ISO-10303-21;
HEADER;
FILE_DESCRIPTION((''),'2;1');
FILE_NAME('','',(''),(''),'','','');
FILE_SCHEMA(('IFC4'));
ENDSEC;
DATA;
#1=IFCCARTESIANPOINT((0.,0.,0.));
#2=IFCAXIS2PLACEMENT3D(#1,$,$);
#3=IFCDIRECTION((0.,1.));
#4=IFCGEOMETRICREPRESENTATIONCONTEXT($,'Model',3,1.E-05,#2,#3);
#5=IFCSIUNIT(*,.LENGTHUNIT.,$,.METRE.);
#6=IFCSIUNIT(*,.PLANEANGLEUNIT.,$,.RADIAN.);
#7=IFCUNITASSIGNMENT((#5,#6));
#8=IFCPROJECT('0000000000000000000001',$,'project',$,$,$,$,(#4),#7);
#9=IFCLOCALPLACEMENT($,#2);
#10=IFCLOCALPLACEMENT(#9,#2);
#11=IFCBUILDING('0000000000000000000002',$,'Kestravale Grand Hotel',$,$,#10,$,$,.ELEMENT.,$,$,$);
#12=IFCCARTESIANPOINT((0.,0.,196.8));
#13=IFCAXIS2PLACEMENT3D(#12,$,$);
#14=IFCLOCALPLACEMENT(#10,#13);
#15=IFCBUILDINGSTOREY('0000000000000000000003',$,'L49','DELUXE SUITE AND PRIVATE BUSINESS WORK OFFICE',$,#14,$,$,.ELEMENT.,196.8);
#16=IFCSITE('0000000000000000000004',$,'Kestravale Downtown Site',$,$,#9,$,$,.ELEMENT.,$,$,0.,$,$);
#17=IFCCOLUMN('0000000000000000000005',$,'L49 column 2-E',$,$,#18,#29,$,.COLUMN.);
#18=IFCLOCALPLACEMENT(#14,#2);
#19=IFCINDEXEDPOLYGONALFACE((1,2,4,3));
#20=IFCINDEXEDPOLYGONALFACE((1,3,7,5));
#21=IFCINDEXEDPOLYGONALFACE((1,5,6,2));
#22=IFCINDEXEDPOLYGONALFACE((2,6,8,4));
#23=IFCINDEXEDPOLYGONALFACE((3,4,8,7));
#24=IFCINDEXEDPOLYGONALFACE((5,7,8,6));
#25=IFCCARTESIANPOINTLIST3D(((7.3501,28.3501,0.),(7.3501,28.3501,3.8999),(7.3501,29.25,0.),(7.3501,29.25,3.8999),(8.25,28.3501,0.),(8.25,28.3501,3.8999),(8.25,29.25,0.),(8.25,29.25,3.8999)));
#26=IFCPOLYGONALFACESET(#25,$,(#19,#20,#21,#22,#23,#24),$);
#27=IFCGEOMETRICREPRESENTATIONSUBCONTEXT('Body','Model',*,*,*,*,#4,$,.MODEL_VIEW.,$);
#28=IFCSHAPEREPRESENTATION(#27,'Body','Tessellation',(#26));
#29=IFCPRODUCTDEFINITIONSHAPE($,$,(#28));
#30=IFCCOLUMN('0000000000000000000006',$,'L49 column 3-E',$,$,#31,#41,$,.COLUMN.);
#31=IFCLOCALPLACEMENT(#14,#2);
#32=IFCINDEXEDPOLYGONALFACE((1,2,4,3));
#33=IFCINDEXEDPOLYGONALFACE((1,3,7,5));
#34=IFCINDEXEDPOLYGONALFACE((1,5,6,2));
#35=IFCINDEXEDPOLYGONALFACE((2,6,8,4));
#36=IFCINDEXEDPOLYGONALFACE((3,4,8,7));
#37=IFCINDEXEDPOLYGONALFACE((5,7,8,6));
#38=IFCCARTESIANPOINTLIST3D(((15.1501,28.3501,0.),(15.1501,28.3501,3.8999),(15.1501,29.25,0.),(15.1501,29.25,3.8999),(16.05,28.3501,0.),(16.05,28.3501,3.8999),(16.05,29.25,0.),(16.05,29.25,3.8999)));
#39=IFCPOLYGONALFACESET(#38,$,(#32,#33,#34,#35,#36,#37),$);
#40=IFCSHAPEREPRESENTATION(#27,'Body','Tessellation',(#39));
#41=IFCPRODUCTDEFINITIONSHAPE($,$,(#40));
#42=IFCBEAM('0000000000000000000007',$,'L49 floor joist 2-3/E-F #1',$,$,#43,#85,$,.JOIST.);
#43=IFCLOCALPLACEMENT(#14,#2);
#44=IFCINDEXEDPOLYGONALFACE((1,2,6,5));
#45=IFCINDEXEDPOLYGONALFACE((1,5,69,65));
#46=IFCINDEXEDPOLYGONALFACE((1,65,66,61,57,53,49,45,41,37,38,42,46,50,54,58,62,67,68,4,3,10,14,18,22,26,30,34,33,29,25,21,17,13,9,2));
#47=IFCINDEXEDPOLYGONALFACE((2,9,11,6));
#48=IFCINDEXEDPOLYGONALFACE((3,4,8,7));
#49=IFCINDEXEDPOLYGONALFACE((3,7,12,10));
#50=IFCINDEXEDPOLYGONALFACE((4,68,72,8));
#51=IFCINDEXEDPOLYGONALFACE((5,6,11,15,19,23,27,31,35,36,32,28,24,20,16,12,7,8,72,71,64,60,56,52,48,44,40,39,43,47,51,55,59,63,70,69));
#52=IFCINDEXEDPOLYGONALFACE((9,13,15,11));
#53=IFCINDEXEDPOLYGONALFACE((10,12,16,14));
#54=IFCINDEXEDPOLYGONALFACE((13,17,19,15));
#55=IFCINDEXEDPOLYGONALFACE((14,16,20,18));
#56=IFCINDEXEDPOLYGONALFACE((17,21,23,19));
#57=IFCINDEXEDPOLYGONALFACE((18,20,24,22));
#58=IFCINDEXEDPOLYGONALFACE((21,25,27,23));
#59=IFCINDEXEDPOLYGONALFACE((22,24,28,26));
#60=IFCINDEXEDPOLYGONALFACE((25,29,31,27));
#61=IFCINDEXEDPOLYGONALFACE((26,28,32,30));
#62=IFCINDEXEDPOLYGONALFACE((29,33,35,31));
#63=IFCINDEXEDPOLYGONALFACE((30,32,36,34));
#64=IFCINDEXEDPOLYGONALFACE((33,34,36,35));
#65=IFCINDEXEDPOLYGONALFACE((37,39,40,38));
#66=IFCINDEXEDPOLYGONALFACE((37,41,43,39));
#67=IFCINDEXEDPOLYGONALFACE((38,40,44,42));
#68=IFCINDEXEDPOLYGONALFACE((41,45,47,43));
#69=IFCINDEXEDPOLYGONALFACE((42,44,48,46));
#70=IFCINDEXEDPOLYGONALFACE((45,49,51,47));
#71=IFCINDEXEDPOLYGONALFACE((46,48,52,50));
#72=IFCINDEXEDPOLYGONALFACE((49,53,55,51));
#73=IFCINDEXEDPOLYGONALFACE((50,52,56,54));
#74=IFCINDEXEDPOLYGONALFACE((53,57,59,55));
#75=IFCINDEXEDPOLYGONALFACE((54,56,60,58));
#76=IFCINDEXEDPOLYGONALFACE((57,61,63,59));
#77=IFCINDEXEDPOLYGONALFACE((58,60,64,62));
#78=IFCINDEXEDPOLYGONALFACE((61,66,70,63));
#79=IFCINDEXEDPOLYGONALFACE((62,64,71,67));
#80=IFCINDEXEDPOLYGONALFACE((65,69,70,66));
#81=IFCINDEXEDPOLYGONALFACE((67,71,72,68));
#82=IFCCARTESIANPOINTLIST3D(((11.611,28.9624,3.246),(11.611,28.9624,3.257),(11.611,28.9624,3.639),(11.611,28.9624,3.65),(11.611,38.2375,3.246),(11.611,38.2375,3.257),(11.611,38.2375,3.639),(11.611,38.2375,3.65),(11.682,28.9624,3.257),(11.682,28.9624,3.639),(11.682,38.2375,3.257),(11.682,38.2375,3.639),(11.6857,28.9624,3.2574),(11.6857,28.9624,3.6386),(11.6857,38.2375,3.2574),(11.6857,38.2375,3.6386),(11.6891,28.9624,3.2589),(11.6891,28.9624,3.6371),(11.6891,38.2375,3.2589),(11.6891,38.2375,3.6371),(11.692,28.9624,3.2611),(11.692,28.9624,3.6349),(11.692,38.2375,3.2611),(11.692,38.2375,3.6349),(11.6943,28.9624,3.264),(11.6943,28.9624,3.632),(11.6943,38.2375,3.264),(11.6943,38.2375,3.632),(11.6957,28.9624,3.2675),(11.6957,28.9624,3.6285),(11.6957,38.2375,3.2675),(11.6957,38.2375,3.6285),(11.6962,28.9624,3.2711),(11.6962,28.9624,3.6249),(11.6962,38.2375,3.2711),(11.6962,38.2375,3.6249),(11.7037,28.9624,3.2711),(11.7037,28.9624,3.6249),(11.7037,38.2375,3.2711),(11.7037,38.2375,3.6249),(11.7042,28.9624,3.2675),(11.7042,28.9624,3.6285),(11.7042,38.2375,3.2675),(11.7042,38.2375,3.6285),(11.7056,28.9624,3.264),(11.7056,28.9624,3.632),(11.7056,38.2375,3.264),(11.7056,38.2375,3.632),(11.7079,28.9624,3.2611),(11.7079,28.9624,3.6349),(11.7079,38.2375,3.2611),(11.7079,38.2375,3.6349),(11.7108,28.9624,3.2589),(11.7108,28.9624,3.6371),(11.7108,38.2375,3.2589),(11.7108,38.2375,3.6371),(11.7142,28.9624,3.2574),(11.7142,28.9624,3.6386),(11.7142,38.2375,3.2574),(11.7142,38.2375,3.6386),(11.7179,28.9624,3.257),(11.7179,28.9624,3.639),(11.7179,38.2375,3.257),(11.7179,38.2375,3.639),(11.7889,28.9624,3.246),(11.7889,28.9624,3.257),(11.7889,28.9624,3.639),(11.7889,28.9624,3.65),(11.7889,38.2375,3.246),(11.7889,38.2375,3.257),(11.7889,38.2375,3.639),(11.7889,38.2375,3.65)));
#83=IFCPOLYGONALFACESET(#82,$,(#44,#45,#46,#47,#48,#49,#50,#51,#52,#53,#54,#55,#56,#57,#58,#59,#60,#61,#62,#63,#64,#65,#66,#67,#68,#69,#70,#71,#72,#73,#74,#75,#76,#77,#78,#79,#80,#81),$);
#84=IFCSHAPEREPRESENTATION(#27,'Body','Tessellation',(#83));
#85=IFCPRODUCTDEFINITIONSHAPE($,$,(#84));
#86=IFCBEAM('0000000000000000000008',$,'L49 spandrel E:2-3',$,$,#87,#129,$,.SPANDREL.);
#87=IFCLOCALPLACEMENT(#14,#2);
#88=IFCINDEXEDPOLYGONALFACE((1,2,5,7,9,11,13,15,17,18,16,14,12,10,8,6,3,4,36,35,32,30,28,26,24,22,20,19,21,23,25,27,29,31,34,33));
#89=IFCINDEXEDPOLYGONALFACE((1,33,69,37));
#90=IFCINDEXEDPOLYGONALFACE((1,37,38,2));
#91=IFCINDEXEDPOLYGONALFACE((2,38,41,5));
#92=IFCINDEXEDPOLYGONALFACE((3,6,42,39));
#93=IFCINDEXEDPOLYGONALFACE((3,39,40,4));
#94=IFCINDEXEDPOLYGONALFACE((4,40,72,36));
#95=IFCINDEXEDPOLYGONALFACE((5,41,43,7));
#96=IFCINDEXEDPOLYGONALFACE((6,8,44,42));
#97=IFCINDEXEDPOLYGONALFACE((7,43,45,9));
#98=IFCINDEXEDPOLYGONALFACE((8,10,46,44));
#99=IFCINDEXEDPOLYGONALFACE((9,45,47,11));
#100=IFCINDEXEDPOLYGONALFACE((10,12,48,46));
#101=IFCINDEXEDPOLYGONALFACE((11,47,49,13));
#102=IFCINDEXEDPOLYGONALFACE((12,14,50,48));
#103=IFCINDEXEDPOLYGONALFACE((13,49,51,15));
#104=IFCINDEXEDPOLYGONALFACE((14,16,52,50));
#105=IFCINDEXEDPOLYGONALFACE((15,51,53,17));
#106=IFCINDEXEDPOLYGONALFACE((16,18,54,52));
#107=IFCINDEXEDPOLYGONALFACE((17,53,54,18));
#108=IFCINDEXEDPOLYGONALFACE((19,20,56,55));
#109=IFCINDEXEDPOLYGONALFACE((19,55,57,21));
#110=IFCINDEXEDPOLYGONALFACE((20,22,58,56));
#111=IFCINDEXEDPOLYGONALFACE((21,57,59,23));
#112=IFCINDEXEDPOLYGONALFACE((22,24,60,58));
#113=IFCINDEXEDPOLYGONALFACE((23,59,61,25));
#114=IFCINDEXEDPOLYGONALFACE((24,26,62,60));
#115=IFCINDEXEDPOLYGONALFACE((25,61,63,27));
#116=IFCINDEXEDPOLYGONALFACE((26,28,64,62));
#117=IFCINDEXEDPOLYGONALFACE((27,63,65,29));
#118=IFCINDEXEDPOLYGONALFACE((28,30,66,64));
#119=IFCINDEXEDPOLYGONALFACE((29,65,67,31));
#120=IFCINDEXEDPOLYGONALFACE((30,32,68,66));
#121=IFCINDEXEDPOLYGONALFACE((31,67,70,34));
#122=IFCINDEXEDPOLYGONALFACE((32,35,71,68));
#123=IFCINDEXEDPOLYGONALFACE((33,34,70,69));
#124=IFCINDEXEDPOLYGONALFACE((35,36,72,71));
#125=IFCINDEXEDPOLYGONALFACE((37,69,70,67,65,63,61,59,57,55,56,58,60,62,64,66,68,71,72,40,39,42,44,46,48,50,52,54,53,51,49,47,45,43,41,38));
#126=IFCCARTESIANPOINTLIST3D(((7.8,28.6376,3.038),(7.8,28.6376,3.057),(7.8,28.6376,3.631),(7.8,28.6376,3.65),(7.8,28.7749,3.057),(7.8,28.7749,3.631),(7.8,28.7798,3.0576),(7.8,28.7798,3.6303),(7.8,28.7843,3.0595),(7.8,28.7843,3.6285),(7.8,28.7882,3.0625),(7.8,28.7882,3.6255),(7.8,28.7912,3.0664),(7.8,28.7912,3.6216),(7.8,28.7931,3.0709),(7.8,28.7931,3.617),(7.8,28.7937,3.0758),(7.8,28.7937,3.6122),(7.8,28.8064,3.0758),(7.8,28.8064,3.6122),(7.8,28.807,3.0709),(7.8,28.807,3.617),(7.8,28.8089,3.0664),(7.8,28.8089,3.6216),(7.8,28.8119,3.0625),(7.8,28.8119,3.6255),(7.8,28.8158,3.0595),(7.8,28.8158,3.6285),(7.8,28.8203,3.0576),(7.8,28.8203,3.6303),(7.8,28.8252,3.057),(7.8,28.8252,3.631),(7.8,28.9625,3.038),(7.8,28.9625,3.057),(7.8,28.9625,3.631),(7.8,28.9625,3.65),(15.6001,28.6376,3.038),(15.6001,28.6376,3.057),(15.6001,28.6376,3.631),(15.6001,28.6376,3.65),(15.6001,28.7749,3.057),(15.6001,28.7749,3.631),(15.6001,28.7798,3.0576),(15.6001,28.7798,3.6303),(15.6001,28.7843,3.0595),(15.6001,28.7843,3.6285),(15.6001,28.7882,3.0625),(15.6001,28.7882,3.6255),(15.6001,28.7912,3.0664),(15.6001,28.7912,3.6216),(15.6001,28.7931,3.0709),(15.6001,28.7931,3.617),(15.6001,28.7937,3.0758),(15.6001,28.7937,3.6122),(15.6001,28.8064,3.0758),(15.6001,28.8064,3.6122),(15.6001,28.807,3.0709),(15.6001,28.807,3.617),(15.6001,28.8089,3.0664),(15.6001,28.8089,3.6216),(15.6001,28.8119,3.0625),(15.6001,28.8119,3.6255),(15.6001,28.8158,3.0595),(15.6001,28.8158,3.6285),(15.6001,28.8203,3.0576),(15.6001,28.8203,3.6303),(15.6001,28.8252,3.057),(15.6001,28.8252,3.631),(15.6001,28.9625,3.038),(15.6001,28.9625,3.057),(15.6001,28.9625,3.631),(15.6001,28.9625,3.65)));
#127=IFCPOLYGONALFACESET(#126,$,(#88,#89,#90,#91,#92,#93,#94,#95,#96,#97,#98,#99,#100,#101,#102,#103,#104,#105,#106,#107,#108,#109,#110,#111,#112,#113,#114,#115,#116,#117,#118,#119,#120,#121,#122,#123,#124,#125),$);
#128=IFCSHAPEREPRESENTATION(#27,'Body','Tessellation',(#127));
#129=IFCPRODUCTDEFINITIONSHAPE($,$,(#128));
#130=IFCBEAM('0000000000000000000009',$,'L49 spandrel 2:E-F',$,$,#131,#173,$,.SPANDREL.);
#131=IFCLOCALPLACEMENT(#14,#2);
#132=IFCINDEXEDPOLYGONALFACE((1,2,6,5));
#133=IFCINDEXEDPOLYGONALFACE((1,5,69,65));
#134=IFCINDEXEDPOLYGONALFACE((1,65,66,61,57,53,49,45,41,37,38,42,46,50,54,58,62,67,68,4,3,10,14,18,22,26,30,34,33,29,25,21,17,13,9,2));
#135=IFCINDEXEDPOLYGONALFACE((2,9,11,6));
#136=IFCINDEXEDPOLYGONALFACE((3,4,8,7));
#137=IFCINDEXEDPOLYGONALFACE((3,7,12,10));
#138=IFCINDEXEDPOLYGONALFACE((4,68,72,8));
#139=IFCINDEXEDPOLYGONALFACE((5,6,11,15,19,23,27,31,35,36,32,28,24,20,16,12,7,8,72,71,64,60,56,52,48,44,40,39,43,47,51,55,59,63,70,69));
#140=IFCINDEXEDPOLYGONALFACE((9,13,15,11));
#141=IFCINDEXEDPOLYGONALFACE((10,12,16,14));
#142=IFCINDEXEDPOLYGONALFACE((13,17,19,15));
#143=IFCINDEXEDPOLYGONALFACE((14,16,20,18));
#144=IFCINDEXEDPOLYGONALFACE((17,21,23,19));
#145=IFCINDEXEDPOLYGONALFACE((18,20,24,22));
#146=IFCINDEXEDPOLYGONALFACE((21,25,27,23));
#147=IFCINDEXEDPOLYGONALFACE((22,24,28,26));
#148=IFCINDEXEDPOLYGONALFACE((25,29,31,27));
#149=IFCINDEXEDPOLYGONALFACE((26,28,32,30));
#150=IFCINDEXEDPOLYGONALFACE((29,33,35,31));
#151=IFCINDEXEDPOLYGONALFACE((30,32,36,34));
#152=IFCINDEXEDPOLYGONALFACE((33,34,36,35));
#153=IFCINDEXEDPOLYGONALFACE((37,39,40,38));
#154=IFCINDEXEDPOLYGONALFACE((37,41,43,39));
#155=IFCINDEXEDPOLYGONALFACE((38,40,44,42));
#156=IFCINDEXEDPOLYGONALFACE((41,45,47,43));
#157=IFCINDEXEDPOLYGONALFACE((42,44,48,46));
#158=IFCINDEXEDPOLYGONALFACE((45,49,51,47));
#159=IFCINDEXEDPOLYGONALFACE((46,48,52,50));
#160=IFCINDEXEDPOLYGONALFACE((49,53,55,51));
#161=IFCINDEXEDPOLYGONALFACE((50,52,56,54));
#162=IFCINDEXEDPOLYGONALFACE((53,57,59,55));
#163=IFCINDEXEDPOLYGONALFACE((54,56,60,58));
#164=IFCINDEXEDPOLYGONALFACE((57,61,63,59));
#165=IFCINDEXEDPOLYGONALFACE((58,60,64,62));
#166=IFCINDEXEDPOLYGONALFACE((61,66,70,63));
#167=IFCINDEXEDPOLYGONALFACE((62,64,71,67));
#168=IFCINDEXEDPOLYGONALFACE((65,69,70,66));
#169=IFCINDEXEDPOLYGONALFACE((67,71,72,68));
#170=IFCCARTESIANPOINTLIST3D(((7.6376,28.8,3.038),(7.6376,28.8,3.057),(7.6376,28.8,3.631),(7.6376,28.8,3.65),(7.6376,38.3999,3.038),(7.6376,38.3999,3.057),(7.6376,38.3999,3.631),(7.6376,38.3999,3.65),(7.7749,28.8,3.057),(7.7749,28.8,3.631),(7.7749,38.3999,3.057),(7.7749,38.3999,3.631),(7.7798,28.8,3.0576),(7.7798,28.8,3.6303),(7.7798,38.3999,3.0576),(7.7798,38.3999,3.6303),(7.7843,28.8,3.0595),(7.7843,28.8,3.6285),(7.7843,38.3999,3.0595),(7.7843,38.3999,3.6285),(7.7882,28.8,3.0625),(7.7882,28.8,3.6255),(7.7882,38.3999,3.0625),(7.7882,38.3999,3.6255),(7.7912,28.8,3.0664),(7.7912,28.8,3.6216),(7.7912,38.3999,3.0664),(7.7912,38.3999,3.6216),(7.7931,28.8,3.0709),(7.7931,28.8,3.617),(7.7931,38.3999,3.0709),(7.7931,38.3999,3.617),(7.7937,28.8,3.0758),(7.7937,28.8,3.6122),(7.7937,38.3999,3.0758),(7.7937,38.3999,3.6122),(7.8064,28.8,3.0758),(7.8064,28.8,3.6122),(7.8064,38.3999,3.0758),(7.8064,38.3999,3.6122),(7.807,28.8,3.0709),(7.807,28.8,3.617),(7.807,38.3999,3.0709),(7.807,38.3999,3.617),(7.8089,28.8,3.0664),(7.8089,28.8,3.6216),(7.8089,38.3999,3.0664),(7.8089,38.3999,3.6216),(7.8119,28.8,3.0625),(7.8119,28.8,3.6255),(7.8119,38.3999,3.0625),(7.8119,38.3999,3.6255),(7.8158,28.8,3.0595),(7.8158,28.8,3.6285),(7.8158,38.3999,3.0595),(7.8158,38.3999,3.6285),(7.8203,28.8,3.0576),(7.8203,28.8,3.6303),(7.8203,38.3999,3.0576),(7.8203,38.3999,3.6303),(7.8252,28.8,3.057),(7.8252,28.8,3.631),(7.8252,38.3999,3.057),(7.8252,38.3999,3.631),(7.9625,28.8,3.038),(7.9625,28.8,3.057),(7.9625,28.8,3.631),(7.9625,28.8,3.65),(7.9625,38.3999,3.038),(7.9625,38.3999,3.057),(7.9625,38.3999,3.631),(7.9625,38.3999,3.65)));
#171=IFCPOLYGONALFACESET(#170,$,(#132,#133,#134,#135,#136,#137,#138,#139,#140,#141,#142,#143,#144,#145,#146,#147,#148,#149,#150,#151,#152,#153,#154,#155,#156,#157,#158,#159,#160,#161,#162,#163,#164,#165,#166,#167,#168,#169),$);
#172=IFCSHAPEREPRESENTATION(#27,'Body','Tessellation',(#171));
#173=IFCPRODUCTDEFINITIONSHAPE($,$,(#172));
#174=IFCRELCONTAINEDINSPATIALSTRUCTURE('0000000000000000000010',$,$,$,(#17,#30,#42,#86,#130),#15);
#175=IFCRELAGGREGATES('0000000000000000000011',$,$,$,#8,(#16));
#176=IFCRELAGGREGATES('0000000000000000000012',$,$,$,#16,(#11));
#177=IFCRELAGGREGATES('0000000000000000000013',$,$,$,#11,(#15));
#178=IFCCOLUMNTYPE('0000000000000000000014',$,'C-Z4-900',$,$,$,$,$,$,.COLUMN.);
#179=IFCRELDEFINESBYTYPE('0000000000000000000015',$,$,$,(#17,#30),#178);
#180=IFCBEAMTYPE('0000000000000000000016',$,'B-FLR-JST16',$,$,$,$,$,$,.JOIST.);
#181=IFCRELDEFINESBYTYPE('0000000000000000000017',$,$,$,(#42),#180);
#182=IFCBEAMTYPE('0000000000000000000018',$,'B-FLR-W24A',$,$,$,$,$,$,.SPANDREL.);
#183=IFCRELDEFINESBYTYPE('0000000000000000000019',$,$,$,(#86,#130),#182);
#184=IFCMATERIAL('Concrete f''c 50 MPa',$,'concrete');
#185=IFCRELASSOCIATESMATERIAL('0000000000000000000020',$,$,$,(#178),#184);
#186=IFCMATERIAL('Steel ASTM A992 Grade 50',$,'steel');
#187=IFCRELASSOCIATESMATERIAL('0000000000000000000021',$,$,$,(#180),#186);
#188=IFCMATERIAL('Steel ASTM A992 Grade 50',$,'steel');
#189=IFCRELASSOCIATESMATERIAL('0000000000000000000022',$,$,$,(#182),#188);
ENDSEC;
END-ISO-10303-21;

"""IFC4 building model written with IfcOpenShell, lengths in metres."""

from ifc_helpers import new_model, si_unit, direction, frame, origin, origin_2d, place, context, subcontext, project, spatial, rectangle, i_section, extrude, material, material_profile, profile_set, type_object, element, save


model = new_model("IFC4")

# Units and contexts
model_context = context("Model", 3, precision=1e-05, world=origin(), true_north=direction((0.0, 1.0)))
body_context = subcontext(model_context, "Body", "Model", "MODEL_VIEW")
ifc_project = project(units=[si_unit("LENGTHUNIT", "METRE"), si_unit("PLANEANGLEUNIT", "RADIAN")], contexts=[model_context])

# Site, building, storey
site_placement = place(None, origin())
site = spatial("IfcSite", under=ifc_project, at=site_placement, Name="Kestravale Downtown Site", CompositionType="ELEMENT", RefElevation=0.0)
building_placement = place(site_placement, origin())
building = spatial("IfcBuilding", under=site, at=building_placement, Name="Kestravale Grand Hotel", CompositionType="ELEMENT")
storey_placement = place(building_placement, frame((0.0, 0.0, 196.8)))
storey = spatial("IfcBuildingStorey", under=building, at=storey_placement, Name="L49", Description="DELUXE SUITE AND PRIVATE BUSINESS WORK OFFICE", CompositionType="ELEMENT", Elevation=196.8)

# Columns
ifc_material_1 = material(Name="Concrete f'c 50 MPa", Category="concrete")
ifc_material_profile_1 = material_profile(ifc_material_1, rectangle(XDim=0.8999, YDim=0.8999, at=origin_2d()))
ifc_profile_set_1 = profile_set([ifc_material_profile_1], Name="Concrete f'c 50 MPa")
column_type = type_object("IfcColumnType", Name="C-Z4-900", PredefinedType="COLUMN", material=ifc_profile_set_1)
for number, where, z_axis, x_axis, name in (
    (1, (7.8, 28.8, 0.0), (0.0, 0.0, 1.0), (1.0, 0.0, 0.0), "L49 column 2-E"),
    (2, (15.6001, 28.8, 0.0), (0.0, 0.0, 1.0), (1.0, 0.0, 0.0), "L49 column 3-E"),
):
    element("IfcColumn", number, at=place(storey_placement, frame(where, z_axis=z_axis, x_axis=x_axis)), inside=storey, type_object=column_type, Name=name, PredefinedType="COLUMN", context=body_context, shape_type="SweptSolid", body=[
        extrude(rectangle(XDim=0.8999, YDim=0.8999, at=origin_2d()), origin(), (0.0, 0.0, 1.0), 3.8999),
    ])

# Beams
ifc_material_2 = material(Name="Steel ASTM A992 Grade 50", Category="steel")
ifc_material_profile_2 = material_profile(ifc_material_2, i_section(OverallWidth=0.178, OverallDepth=0.4041, WebThickness=0.0076, FlangeThickness=0.011, FilletRadius=0.0142, at=origin_2d()))
ifc_profile_set_2 = profile_set([ifc_material_profile_2], Name="Steel ASTM A992 Grade 50")
beam_type_1 = type_object("IfcBeamType", Name="B-FLR-JST16", PredefinedType="JOIST", material=ifc_profile_set_2)
beam_1_placement = place(storey_placement, frame((11.7, 28.9624, 3.448), z_axis=(0.0, 1.0, 0.0), x_axis=(-1.0, 0.0, 0.0)))
element("IfcBeam", 3, at=beam_1_placement, inside=storey, type_object=beam_type_1, Name="L49 floor joist 2-3/E-F #1", PredefinedType="JOIST", context=body_context, shape_type="SweptSolid", body=[
    extrude(i_section(OverallWidth=0.178, OverallDepth=0.4041, WebThickness=0.0076, FlangeThickness=0.011, FilletRadius=0.0142, at=origin_2d()), origin(), (0.0, 0.0, 1.0), 9.2751),
])
ifc_material_3 = material(Name="Steel ASTM A992 Grade 50", Category="steel")
ifc_material_profile_3 = material_profile(ifc_material_3, i_section(OverallWidth=0.325, OverallDepth=0.6121, WebThickness=0.0127, FlangeThickness=0.019, FilletRadius=0.0188, at=origin_2d()))
ifc_profile_set_3 = profile_set([ifc_material_profile_3], Name="Steel ASTM A992 Grade 50")
beam_type_2 = type_object("IfcBeamType", Name="B-FLR-W24A", PredefinedType="SPANDREL", material=ifc_profile_set_3)
beam_2_placement = place(storey_placement, frame((7.8, 28.8, 3.344), z_axis=(1.0, 0.0, 0.0), x_axis=(0.0, 1.0, 0.0)))
element("IfcBeam", 4, at=beam_2_placement, inside=storey, type_object=beam_type_2, Name="L49 spandrel E:2-3", PredefinedType="SPANDREL", context=body_context, shape_type="SweptSolid", body=[
    extrude(i_section(OverallWidth=0.325, OverallDepth=0.6121, WebThickness=0.0127, FlangeThickness=0.019, FilletRadius=0.0188, at=origin_2d()), origin(), (0.0, 0.0, 1.0), 7.8),
])
beam_3_placement = place(storey_placement, frame((7.8, 28.8, 3.344), z_axis=(0.0, 1.0, 0.0), x_axis=(-1.0, 0.0, 0.0)))
element("IfcBeam", 5, at=beam_3_placement, inside=storey, type_object=beam_type_2, Name="L49 spandrel 2:E-F", PredefinedType="SPANDREL", context=body_context, shape_type="SweptSolid", body=[
    extrude(i_section(OverallWidth=0.325, OverallDepth=0.6121, WebThickness=0.0127, FlangeThickness=0.019, FilletRadius=0.0188, at=origin_2d()), origin(), (0.0, 0.0, 1.0), 9.5999),
])

save(model, "model.ifc")
